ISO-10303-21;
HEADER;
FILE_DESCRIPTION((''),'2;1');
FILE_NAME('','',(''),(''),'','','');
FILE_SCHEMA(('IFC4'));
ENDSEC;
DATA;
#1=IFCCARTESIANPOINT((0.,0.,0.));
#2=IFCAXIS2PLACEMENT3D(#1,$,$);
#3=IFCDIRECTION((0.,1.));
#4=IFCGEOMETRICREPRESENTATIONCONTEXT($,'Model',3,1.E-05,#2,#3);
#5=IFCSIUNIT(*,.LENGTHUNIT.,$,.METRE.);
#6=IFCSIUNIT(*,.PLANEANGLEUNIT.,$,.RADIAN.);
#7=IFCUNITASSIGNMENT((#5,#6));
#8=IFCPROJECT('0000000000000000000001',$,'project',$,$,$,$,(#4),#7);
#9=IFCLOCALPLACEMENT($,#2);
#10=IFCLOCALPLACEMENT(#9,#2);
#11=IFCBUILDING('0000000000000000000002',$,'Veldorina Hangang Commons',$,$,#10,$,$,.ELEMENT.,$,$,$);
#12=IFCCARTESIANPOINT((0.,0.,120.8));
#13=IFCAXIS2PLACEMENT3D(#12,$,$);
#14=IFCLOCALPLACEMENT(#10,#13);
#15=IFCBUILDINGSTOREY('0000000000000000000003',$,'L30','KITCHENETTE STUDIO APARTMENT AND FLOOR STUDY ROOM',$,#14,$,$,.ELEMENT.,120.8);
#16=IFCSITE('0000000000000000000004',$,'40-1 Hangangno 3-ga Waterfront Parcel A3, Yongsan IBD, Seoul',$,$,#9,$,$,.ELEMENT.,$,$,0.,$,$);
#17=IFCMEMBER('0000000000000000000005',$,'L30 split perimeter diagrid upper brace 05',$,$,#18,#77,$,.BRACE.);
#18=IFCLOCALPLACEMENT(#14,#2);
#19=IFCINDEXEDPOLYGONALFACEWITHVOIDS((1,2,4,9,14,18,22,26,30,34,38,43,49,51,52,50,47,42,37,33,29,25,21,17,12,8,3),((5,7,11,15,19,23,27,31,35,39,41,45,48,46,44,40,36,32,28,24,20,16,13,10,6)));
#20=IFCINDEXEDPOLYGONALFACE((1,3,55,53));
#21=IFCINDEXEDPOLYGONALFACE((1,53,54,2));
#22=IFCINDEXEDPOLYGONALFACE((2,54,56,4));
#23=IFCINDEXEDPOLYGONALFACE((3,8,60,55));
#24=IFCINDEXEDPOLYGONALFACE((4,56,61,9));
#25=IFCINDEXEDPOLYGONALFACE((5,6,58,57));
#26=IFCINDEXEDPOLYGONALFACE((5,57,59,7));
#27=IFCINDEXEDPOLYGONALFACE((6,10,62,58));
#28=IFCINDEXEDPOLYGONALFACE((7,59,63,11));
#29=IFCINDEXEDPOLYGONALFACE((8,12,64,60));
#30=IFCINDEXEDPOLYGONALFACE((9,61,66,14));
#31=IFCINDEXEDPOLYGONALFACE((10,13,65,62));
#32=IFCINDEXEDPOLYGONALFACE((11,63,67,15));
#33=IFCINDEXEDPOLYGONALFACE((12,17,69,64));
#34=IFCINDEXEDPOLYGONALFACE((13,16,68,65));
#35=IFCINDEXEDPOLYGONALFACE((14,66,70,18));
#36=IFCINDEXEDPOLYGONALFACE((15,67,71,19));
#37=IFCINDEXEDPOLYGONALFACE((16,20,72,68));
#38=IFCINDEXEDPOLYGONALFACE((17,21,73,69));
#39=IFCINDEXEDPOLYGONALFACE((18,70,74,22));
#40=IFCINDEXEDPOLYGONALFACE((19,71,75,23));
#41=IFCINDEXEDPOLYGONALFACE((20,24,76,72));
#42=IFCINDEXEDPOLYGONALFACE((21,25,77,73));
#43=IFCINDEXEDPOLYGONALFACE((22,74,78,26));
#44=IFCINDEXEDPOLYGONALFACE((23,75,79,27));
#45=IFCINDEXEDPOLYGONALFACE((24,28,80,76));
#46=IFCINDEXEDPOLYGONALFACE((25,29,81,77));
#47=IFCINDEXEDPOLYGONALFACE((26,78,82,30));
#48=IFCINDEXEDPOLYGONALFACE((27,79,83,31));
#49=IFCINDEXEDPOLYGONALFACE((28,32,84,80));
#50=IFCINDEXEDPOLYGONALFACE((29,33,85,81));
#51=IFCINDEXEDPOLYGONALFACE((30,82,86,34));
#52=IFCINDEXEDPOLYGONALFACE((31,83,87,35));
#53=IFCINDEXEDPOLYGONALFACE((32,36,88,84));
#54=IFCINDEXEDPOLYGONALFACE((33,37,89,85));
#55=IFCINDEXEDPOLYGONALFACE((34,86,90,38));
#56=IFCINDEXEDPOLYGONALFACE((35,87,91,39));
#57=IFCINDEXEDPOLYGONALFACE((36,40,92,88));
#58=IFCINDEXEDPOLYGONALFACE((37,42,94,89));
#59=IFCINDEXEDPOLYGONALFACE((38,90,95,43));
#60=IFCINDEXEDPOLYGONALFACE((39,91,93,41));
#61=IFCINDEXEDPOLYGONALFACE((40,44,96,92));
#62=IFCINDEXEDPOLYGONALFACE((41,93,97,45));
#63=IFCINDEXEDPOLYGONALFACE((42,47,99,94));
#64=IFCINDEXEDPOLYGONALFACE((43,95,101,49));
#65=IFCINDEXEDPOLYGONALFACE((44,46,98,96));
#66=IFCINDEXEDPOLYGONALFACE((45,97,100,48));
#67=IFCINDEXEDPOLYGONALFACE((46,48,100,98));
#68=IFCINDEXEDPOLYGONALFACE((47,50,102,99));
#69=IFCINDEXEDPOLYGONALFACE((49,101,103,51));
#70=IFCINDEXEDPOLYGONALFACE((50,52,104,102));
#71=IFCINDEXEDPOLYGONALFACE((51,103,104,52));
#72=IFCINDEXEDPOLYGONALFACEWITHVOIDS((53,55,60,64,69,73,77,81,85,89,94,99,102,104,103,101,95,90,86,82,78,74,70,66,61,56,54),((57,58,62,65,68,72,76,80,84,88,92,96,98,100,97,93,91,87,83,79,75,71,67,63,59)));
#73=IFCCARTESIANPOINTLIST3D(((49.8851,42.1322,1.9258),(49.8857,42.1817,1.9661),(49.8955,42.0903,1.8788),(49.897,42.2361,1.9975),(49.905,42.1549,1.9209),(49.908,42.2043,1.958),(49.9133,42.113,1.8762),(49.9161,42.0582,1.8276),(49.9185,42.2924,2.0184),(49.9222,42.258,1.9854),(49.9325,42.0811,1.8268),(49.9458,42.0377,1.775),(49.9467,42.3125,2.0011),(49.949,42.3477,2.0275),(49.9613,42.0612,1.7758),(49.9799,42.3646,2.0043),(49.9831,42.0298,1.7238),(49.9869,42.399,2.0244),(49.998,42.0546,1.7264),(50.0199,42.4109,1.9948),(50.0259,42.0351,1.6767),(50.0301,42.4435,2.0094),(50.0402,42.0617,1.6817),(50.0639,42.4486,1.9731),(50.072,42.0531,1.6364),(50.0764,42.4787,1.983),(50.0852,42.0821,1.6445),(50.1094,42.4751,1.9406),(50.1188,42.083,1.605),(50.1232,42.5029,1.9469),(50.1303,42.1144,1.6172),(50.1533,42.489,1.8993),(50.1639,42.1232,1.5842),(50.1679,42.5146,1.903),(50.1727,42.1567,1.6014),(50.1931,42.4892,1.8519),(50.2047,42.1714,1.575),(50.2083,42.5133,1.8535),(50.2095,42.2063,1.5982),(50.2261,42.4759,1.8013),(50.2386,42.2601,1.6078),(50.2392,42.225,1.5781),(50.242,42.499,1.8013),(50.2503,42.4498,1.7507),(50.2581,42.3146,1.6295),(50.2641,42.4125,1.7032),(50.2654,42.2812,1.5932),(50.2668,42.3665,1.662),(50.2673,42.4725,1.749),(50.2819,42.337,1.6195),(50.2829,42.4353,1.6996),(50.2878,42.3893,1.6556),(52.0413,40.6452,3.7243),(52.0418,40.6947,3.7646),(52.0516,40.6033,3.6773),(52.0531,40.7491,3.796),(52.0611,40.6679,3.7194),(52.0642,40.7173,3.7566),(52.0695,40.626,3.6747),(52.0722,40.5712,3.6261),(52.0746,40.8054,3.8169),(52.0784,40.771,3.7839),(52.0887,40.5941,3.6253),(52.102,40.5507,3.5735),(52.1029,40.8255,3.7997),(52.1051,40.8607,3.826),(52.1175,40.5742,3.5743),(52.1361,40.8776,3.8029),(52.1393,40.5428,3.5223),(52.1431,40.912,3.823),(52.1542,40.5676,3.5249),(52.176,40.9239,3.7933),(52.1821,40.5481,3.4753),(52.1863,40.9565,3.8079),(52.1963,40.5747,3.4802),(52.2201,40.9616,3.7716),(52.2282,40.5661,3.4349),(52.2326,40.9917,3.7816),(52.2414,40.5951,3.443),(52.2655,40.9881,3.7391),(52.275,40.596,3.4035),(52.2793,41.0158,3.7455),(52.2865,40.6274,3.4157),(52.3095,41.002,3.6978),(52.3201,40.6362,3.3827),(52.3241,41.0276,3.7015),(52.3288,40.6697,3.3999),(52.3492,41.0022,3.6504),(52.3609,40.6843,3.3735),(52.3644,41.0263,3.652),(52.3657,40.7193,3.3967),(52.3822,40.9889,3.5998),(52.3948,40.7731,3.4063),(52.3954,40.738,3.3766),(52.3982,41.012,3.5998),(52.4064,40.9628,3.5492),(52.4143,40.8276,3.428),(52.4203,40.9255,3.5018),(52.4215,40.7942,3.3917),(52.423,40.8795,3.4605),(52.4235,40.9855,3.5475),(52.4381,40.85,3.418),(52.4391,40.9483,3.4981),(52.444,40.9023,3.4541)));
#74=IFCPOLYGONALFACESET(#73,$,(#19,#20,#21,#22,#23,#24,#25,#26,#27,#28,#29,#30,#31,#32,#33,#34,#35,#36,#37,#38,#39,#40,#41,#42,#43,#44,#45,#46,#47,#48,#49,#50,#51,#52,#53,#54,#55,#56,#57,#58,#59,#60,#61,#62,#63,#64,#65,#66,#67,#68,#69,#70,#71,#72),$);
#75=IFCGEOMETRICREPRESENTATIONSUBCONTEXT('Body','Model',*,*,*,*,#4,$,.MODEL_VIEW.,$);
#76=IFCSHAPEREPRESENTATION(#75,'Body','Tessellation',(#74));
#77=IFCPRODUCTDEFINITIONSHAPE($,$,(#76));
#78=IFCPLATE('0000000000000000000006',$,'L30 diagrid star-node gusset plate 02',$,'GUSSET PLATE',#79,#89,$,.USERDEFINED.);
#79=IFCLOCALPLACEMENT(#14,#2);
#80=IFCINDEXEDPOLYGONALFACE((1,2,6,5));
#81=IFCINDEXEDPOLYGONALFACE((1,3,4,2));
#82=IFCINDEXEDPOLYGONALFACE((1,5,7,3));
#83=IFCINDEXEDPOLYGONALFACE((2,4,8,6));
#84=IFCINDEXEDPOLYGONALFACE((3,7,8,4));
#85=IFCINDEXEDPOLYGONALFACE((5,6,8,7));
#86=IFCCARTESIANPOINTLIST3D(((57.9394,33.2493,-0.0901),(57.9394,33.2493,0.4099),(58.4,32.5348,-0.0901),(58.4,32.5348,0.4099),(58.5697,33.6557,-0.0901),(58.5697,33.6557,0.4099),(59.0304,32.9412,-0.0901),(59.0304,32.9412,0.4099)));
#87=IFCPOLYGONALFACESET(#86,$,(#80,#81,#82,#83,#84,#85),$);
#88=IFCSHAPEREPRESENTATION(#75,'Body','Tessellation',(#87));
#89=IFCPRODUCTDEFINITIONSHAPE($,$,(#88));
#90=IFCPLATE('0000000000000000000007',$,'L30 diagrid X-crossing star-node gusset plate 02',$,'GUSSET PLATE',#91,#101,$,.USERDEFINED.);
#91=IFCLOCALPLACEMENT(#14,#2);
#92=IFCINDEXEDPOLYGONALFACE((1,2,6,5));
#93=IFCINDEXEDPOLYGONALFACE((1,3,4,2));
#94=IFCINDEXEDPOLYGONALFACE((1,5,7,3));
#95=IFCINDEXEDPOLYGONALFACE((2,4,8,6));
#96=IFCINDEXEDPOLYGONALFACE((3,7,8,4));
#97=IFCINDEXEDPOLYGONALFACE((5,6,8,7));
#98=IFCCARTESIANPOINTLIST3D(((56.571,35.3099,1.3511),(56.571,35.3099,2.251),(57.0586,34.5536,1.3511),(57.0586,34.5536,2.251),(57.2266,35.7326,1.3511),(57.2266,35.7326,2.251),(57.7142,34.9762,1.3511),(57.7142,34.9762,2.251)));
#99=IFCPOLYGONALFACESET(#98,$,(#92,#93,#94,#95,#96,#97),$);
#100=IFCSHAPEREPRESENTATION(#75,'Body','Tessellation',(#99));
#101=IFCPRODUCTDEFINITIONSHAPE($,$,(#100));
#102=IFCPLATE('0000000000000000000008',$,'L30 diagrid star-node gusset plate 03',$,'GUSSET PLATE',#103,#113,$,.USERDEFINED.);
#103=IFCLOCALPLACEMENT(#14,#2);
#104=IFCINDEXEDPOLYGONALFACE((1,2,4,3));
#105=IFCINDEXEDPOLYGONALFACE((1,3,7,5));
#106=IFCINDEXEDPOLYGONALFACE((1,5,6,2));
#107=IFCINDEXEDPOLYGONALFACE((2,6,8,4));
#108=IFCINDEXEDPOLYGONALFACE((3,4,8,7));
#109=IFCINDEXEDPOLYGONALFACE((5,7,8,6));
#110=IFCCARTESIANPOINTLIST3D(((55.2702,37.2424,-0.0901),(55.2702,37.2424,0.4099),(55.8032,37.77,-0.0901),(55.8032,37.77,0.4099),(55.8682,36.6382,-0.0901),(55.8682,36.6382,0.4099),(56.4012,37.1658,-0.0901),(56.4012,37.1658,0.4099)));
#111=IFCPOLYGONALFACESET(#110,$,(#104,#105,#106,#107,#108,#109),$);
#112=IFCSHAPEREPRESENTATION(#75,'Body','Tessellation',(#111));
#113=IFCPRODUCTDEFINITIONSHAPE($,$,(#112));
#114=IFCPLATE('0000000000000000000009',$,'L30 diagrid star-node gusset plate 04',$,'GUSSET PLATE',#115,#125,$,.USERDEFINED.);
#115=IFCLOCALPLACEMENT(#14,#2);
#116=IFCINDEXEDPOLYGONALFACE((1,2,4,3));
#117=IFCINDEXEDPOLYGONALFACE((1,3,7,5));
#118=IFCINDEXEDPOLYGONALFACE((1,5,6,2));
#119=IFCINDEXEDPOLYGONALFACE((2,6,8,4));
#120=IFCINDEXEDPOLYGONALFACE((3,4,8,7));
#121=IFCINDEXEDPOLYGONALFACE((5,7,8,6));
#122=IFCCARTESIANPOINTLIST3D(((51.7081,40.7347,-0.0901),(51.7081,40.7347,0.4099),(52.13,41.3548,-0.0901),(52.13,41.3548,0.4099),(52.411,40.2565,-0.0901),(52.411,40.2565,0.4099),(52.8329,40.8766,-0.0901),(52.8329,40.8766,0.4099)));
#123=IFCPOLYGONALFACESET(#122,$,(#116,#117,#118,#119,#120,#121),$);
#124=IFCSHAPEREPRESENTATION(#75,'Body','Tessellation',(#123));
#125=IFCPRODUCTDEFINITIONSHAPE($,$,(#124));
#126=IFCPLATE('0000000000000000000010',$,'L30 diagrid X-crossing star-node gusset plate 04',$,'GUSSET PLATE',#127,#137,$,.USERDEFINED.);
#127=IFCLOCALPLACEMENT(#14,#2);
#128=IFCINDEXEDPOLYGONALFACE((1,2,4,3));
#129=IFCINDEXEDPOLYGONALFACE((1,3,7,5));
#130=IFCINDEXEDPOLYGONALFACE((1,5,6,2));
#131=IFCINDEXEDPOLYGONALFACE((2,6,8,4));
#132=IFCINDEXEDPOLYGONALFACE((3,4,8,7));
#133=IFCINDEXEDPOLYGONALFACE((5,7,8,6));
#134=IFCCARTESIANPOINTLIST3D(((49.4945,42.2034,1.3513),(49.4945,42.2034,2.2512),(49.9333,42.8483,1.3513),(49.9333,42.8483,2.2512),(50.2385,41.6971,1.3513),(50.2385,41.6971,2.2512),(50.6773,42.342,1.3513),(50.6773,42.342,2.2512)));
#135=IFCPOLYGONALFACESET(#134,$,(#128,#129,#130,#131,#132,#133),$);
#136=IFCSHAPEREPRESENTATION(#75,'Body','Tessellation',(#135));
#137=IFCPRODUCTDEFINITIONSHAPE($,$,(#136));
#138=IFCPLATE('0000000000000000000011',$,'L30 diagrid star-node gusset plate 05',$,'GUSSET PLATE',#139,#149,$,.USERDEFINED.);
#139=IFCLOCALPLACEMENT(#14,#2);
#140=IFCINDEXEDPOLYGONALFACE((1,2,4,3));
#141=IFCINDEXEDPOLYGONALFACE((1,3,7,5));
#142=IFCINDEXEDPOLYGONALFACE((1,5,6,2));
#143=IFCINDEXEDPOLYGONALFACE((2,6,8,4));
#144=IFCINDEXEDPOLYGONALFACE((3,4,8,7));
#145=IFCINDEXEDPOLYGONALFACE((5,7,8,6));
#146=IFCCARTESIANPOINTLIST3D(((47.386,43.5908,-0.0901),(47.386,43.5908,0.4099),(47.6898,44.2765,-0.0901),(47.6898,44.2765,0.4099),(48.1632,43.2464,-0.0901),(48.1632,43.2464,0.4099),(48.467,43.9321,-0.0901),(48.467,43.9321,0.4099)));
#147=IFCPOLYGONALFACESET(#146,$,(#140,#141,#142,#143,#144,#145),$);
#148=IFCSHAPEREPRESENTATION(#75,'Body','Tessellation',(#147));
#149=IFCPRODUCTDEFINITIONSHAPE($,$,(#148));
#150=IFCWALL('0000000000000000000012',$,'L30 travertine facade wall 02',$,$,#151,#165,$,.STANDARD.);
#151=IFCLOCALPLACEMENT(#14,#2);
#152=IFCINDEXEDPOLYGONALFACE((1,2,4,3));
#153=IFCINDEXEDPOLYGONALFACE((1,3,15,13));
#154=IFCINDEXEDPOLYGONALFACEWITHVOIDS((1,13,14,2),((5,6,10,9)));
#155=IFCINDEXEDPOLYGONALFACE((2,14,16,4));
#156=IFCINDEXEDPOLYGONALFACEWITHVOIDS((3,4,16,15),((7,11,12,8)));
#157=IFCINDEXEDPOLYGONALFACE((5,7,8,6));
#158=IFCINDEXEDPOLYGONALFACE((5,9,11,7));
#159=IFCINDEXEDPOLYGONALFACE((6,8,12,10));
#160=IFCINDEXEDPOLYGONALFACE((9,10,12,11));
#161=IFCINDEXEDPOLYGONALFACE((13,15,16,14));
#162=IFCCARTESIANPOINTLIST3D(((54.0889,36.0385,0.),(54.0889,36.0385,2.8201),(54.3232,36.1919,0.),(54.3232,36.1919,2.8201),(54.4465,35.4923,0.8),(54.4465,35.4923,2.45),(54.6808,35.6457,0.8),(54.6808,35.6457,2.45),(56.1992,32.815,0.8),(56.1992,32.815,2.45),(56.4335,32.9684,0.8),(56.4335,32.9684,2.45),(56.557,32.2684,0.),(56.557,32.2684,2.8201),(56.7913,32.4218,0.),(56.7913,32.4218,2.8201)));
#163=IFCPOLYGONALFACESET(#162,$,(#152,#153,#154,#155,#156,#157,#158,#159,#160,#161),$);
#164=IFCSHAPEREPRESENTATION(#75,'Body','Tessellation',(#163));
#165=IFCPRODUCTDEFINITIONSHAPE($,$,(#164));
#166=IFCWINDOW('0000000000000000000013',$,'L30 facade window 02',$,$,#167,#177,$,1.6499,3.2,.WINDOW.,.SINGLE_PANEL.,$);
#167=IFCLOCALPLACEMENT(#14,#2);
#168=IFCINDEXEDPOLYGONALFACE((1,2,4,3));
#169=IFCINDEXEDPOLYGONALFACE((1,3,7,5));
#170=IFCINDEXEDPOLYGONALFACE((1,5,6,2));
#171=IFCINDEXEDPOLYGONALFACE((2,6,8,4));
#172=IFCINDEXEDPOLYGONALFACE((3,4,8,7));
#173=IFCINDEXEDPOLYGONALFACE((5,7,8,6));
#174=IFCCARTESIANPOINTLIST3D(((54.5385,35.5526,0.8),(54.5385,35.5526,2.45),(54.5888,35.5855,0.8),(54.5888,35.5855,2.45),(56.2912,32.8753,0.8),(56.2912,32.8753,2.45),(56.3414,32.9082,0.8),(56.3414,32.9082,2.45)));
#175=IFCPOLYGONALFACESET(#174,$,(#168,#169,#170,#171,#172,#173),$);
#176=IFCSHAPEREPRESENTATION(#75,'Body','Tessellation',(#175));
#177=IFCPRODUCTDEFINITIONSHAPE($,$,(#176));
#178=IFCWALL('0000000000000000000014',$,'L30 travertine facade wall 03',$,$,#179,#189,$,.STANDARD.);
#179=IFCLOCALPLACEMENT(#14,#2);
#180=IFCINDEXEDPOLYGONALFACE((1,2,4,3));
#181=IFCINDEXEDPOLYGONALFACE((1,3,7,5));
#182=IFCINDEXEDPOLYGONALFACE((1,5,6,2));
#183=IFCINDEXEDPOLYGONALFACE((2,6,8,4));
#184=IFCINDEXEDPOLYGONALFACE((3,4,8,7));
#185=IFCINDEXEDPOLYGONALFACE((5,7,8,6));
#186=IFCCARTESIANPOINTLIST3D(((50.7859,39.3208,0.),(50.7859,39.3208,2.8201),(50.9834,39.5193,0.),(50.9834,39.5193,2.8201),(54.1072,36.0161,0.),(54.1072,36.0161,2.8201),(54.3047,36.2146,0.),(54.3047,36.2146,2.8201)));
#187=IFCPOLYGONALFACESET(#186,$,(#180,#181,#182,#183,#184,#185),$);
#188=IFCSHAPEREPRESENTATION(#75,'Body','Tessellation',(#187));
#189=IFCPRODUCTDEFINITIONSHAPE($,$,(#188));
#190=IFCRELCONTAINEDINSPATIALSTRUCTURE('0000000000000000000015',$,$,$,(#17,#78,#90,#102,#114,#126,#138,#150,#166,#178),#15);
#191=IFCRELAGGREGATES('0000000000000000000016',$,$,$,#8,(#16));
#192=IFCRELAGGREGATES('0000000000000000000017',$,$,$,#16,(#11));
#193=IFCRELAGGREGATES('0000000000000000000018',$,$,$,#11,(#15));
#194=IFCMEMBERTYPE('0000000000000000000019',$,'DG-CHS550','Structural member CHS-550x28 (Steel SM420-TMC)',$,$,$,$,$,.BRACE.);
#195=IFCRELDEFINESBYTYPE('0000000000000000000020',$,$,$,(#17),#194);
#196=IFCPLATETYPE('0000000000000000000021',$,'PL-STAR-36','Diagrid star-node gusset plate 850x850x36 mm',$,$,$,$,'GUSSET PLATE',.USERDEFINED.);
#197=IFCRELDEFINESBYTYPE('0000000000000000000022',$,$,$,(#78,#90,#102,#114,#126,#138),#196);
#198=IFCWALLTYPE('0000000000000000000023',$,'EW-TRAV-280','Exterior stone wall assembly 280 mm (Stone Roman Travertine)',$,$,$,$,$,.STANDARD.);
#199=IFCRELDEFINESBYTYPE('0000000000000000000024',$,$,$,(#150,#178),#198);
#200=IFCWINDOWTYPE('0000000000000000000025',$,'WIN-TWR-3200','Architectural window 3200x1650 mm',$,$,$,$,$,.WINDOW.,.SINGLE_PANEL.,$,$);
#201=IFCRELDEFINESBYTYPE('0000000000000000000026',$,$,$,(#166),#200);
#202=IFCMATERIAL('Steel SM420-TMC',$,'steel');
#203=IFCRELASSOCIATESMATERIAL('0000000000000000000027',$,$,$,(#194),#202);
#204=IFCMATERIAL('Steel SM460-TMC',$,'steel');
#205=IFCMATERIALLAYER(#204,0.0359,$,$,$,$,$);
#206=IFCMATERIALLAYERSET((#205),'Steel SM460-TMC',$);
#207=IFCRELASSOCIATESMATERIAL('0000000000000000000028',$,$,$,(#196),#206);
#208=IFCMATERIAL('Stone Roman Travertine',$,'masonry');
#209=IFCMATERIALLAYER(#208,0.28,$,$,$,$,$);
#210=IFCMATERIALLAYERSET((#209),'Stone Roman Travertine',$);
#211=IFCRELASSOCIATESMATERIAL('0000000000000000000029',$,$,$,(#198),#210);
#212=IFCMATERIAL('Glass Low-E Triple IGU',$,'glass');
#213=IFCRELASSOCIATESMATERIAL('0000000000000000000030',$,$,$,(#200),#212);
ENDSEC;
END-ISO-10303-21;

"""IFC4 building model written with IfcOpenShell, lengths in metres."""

from ifc_helpers import new_model, si_unit, direction, frame, frame_2d, origin, origin_2d, place, context, subcontext, project, spatial, rectangle, hollow_circle, extrude, material, layer, layer_set, material_profile, profile_set, type_object, element, fill, save


model = new_model("IFC4")

# Units and contexts
model_context = context("Model", 3, precision=1e-05, world=origin(), true_north=direction((0.0, 1.0)))
body_context = subcontext(model_context, "Body", "Model", "MODEL_VIEW")
ifc_project = project(units=[si_unit("LENGTHUNIT", "METRE"), si_unit("PLANEANGLEUNIT", "RADIAN")], contexts=[model_context])

# Site, building, storey
site_placement = place(None, origin())
site = spatial("IfcSite", under=ifc_project, at=site_placement, Name="40-1 Hangangno 3-ga Waterfront Parcel A3, Yongsan IBD, Seoul", CompositionType="ELEMENT", RefElevation=0.0)
building_placement = place(site_placement, origin())
building = spatial("IfcBuilding", under=site, at=building_placement, Name="Veldorina Hangang Commons", CompositionType="ELEMENT")
storey_placement = place(building_placement, frame((0.0, 0.0, 120.8)))
storey = spatial("IfcBuildingStorey", under=building, at=storey_placement, Name="L30", Description="KITCHENETTE STUDIO APARTMENT AND FLOOR STUDY ROOM", CompositionType="ELEMENT", Elevation=120.8)

# Shared definitions
ifc_material_1 = material(Name="Steel SM420-TMC", Category="steel")

# Member
ifc_material_profile_1 = material_profile(ifc_material_1, hollow_circle(Radius=0.2749, WallThickness=0.0281, at=origin_2d()), Name="CHS-550x28")
ifc_profile_set_1 = profile_set([ifc_material_profile_1], Name="Steel SM420-TMC")
member_type = type_object("IfcMemberType", Name="DG-CHS550", Description="Structural member CHS-550x28 (Steel SM420-TMC)", PredefinedType="BRACE", material=ifc_profile_set_1)
member_1_placement = place(storey_placement, frame((50.0859, 42.2727, 1.8013), z_axis=(0.678628, -0.468016, 0.566061), x_axis=(0.567731, 0.823214, 0.0)))
element("IfcMember", 1, at=member_1_placement, inside=storey, type_object=member_type, Name="L30 split perimeter diagrid upper brace 05", PredefinedType="BRACE", context=body_context, shape_type="SweptSolid", body=[
    extrude(hollow_circle(Radius=0.2749, WallThickness=0.0281, at=origin_2d()), origin(), (0.0, 0.0, 1.0), 3.1772),
])

# Plates
ifc_material_2 = material(Name="Steel SM460-TMC", Category="steel")
ifc_layer_1 = layer(ifc_material_2, 0.0359)
ifc_layer_set_1 = layer_set([ifc_layer_1], Name="Steel SM460-TMC")
plate_type = type_object("IfcPlateType", Name="PL-STAR-36", Description="Diagrid star-node gusset plate 850x850x36 mm", ElementType="GUSSET PLATE", PredefinedType="USERDEFINED", material=ifc_layer_set_1)
plate_1_placement = place(storey_placement, frame((58.4849, 33.0952, -0.0901), z_axis=(0.0, 0.0, 1.0), x_axis=(-0.54187, 0.840463, 0.0)))
element("IfcPlate", 2, at=plate_1_placement, inside=storey, type_object=plate_type, Name="L30 diagrid star-node gusset plate 02", ObjectType="GUSSET PLATE", PredefinedType="USERDEFINED", context=body_context, shape_type="SweptSolid", body=[
    extrude(rectangle(XDim=0.8501, YDim=0.75, at=origin_2d()), origin(), (0.0, 0.0, 1.0), 0.5),
])
plate_2_placement = place(storey_placement, frame((57.1426, 35.1431, 1.3511), z_axis=(0.0, 0.0, 1.0), x_axis=(-0.54187, 0.840463, 0.0)))
element("IfcPlate", 3, at=plate_2_placement, inside=storey, type_object=plate_type, Name="L30 diagrid X-crossing star-node gusset plate 02", ObjectType="GUSSET PLATE", PredefinedType="USERDEFINED", context=body_context, shape_type="SweptSolid", body=[
    extrude(rectangle(XDim=0.8999, YDim=0.78, at=origin_2d()), origin(), (0.0, 0.0, 1.0), 0.8999),
])
for number, where, z_axis, x_axis, name in (
    (4, (55.8357, 37.2041, -0.0901), (0.0, 0.0, 1.0), (-0.703506, 0.710689, 0.0), "L30 diagrid star-node gusset plate 03"),
    (5, (52.2705, 40.8057, -0.0901), (0.0, 0.0, 1.0), (-0.826767, 0.562545, 0.0), "L30 diagrid star-node gusset plate 04"),
):
    element("IfcPlate", number, at=place(storey_placement, frame(where, z_axis=z_axis, x_axis=x_axis)), inside=storey, type_object=plate_type, Name=name, ObjectType="GUSSET PLATE", PredefinedType="USERDEFINED", context=body_context, shape_type="SweptSolid", body=[
        extrude(rectangle(XDim=0.8501, YDim=0.75, at=origin_2d()), origin(), (0.0, 0.0, 1.0), 0.5),
    ])
plate_3_placement = place(storey_placement, frame((50.0859, 42.2727, 1.3513), z_axis=(0.0, 0.0, 1.0), x_axis=(-0.826767, 0.562545, 0.0)))
element("IfcPlate", 6, at=plate_3_placement, inside=storey, type_object=plate_type, Name="L30 diagrid X-crossing star-node gusset plate 04", ObjectType="GUSSET PLATE", PredefinedType="USERDEFINED", context=body_context, shape_type="SweptSolid", body=[
    extrude(rectangle(XDim=0.8999, YDim=0.78, at=origin_2d()), origin(), (0.0, 0.0, 1.0), 0.8999),
])
plate_4_placement = place(storey_placement, frame((47.9265, 43.7615, -0.0901), z_axis=(0.0, 0.0, 1.0), x_axis=(-0.914247, 0.405158, 0.0)))
element("IfcPlate", 7, at=plate_4_placement, inside=storey, type_object=plate_type, Name="L30 diagrid star-node gusset plate 05", ObjectType="GUSSET PLATE", PredefinedType="USERDEFINED", context=body_context, shape_type="SweptSolid", body=[
    extrude(rectangle(XDim=0.8501, YDim=0.75, at=origin_2d()), origin(), (0.0, 0.0, 1.0), 0.5),
])

# Wall, opening, window
ifc_material_3 = material(Name="Stone Roman Travertine", Category="masonry")
ifc_layer_2 = layer(ifc_material_3, 0.28)
ifc_layer_set_2 = layer_set([ifc_layer_2], Name="Stone Roman Travertine")
wall_type_1 = type_object("IfcWallType", Name="EW-TRAV-280", Description="Exterior stone wall assembly 280 mm (Stone Roman Travertine)", PredefinedType="STANDARD", material=ifc_layer_set_2)
wall_1_placement = place(storey_placement, frame((56.6741, 32.3452, 0.0), z_axis=(0.0, 0.0, 1.0), x_axis=(-0.547716, 0.836664, 0.0)))
wall_1 = element("IfcWall", 8, at=wall_1_placement, inside=storey, type_object=wall_type_1, Name="L30 travertine facade wall 02", PredefinedType="STANDARD", context=body_context, shape_type="SweptSolid", body=[
    extrude(rectangle(XDim=4.5061, YDim=0.28, at=frame_2d((2.2529, 0.0))), origin(), (0.0, 0.0, 1.0), 2.8201),
])
opening_1_placement = place(wall_1_placement, frame((0.6531, 0.0, 0.8)))
opening_1 = element("IfcOpeningElement", 9, at=opening_1_placement, cuts=wall_1, PredefinedType="OPENING", context=body_context, shape_type="SweptSolid", body=[
    extrude(rectangle(XDim=3.2, YDim=1.6499, at=frame_2d((1.6001, 0.825))), frame((0.0, 0.1499, 0.0), z_axis=(0.0, -1.0, 0.0), x_axis=(1.0, 0.0, 0.0)), (0.0, 0.0, 1.0), 0.3),
])
ifc_material_4 = material(Name="Glass Low-E Triple IGU", Category="glass")
window_type = type_object("IfcWindowType", Name="WIN-TWR-3200", Description="Architectural window 3200x1650 mm", PartitioningType="SINGLE_PANEL", PredefinedType="WINDOW", material=ifc_material_4)
window_1_placement = place(opening_1_placement, origin())
window_1 = element("IfcWindow", 10, at=window_1_placement, inside=storey, type_object=window_type, Name="L30 facade window 02", OverallHeight=1.6499, OverallWidth=3.2, PartitioningType="SINGLE_PANEL", PredefinedType="WINDOW", context=body_context, shape_type="SweptSolid", body=[
    extrude(rectangle(XDim=3.2, YDim=1.6499, at=frame_2d((1.6001, 0.825))), frame((0.0, 0.03, 0.0), z_axis=(0.0, -1.0, 0.0), x_axis=(1.0, 0.0, 0.0)), (0.0, 0.0, 1.0), 0.0601),
])
fill(opening_1, window_1)

# Wall
wall_2_placement = place(storey_placement, frame((54.2061, 36.1152, 0.0), z_axis=(0.0, 0.0, 1.0), x_axis=(-0.708876, 0.705333, 0.0)))
element("IfcWall", 11, at=wall_2_placement, inside=storey, type_object=wall_type_1, Name="L30 travertine facade wall 03", PredefinedType="STANDARD", context=body_context, shape_type="SweptSolid", body=[
    extrude(rectangle(XDim=4.6853, YDim=0.28, at=frame_2d((2.3428, 0.0))), origin(), (0.0, 0.0, 1.0), 2.8201),
])

save(model, "model.ifc")
